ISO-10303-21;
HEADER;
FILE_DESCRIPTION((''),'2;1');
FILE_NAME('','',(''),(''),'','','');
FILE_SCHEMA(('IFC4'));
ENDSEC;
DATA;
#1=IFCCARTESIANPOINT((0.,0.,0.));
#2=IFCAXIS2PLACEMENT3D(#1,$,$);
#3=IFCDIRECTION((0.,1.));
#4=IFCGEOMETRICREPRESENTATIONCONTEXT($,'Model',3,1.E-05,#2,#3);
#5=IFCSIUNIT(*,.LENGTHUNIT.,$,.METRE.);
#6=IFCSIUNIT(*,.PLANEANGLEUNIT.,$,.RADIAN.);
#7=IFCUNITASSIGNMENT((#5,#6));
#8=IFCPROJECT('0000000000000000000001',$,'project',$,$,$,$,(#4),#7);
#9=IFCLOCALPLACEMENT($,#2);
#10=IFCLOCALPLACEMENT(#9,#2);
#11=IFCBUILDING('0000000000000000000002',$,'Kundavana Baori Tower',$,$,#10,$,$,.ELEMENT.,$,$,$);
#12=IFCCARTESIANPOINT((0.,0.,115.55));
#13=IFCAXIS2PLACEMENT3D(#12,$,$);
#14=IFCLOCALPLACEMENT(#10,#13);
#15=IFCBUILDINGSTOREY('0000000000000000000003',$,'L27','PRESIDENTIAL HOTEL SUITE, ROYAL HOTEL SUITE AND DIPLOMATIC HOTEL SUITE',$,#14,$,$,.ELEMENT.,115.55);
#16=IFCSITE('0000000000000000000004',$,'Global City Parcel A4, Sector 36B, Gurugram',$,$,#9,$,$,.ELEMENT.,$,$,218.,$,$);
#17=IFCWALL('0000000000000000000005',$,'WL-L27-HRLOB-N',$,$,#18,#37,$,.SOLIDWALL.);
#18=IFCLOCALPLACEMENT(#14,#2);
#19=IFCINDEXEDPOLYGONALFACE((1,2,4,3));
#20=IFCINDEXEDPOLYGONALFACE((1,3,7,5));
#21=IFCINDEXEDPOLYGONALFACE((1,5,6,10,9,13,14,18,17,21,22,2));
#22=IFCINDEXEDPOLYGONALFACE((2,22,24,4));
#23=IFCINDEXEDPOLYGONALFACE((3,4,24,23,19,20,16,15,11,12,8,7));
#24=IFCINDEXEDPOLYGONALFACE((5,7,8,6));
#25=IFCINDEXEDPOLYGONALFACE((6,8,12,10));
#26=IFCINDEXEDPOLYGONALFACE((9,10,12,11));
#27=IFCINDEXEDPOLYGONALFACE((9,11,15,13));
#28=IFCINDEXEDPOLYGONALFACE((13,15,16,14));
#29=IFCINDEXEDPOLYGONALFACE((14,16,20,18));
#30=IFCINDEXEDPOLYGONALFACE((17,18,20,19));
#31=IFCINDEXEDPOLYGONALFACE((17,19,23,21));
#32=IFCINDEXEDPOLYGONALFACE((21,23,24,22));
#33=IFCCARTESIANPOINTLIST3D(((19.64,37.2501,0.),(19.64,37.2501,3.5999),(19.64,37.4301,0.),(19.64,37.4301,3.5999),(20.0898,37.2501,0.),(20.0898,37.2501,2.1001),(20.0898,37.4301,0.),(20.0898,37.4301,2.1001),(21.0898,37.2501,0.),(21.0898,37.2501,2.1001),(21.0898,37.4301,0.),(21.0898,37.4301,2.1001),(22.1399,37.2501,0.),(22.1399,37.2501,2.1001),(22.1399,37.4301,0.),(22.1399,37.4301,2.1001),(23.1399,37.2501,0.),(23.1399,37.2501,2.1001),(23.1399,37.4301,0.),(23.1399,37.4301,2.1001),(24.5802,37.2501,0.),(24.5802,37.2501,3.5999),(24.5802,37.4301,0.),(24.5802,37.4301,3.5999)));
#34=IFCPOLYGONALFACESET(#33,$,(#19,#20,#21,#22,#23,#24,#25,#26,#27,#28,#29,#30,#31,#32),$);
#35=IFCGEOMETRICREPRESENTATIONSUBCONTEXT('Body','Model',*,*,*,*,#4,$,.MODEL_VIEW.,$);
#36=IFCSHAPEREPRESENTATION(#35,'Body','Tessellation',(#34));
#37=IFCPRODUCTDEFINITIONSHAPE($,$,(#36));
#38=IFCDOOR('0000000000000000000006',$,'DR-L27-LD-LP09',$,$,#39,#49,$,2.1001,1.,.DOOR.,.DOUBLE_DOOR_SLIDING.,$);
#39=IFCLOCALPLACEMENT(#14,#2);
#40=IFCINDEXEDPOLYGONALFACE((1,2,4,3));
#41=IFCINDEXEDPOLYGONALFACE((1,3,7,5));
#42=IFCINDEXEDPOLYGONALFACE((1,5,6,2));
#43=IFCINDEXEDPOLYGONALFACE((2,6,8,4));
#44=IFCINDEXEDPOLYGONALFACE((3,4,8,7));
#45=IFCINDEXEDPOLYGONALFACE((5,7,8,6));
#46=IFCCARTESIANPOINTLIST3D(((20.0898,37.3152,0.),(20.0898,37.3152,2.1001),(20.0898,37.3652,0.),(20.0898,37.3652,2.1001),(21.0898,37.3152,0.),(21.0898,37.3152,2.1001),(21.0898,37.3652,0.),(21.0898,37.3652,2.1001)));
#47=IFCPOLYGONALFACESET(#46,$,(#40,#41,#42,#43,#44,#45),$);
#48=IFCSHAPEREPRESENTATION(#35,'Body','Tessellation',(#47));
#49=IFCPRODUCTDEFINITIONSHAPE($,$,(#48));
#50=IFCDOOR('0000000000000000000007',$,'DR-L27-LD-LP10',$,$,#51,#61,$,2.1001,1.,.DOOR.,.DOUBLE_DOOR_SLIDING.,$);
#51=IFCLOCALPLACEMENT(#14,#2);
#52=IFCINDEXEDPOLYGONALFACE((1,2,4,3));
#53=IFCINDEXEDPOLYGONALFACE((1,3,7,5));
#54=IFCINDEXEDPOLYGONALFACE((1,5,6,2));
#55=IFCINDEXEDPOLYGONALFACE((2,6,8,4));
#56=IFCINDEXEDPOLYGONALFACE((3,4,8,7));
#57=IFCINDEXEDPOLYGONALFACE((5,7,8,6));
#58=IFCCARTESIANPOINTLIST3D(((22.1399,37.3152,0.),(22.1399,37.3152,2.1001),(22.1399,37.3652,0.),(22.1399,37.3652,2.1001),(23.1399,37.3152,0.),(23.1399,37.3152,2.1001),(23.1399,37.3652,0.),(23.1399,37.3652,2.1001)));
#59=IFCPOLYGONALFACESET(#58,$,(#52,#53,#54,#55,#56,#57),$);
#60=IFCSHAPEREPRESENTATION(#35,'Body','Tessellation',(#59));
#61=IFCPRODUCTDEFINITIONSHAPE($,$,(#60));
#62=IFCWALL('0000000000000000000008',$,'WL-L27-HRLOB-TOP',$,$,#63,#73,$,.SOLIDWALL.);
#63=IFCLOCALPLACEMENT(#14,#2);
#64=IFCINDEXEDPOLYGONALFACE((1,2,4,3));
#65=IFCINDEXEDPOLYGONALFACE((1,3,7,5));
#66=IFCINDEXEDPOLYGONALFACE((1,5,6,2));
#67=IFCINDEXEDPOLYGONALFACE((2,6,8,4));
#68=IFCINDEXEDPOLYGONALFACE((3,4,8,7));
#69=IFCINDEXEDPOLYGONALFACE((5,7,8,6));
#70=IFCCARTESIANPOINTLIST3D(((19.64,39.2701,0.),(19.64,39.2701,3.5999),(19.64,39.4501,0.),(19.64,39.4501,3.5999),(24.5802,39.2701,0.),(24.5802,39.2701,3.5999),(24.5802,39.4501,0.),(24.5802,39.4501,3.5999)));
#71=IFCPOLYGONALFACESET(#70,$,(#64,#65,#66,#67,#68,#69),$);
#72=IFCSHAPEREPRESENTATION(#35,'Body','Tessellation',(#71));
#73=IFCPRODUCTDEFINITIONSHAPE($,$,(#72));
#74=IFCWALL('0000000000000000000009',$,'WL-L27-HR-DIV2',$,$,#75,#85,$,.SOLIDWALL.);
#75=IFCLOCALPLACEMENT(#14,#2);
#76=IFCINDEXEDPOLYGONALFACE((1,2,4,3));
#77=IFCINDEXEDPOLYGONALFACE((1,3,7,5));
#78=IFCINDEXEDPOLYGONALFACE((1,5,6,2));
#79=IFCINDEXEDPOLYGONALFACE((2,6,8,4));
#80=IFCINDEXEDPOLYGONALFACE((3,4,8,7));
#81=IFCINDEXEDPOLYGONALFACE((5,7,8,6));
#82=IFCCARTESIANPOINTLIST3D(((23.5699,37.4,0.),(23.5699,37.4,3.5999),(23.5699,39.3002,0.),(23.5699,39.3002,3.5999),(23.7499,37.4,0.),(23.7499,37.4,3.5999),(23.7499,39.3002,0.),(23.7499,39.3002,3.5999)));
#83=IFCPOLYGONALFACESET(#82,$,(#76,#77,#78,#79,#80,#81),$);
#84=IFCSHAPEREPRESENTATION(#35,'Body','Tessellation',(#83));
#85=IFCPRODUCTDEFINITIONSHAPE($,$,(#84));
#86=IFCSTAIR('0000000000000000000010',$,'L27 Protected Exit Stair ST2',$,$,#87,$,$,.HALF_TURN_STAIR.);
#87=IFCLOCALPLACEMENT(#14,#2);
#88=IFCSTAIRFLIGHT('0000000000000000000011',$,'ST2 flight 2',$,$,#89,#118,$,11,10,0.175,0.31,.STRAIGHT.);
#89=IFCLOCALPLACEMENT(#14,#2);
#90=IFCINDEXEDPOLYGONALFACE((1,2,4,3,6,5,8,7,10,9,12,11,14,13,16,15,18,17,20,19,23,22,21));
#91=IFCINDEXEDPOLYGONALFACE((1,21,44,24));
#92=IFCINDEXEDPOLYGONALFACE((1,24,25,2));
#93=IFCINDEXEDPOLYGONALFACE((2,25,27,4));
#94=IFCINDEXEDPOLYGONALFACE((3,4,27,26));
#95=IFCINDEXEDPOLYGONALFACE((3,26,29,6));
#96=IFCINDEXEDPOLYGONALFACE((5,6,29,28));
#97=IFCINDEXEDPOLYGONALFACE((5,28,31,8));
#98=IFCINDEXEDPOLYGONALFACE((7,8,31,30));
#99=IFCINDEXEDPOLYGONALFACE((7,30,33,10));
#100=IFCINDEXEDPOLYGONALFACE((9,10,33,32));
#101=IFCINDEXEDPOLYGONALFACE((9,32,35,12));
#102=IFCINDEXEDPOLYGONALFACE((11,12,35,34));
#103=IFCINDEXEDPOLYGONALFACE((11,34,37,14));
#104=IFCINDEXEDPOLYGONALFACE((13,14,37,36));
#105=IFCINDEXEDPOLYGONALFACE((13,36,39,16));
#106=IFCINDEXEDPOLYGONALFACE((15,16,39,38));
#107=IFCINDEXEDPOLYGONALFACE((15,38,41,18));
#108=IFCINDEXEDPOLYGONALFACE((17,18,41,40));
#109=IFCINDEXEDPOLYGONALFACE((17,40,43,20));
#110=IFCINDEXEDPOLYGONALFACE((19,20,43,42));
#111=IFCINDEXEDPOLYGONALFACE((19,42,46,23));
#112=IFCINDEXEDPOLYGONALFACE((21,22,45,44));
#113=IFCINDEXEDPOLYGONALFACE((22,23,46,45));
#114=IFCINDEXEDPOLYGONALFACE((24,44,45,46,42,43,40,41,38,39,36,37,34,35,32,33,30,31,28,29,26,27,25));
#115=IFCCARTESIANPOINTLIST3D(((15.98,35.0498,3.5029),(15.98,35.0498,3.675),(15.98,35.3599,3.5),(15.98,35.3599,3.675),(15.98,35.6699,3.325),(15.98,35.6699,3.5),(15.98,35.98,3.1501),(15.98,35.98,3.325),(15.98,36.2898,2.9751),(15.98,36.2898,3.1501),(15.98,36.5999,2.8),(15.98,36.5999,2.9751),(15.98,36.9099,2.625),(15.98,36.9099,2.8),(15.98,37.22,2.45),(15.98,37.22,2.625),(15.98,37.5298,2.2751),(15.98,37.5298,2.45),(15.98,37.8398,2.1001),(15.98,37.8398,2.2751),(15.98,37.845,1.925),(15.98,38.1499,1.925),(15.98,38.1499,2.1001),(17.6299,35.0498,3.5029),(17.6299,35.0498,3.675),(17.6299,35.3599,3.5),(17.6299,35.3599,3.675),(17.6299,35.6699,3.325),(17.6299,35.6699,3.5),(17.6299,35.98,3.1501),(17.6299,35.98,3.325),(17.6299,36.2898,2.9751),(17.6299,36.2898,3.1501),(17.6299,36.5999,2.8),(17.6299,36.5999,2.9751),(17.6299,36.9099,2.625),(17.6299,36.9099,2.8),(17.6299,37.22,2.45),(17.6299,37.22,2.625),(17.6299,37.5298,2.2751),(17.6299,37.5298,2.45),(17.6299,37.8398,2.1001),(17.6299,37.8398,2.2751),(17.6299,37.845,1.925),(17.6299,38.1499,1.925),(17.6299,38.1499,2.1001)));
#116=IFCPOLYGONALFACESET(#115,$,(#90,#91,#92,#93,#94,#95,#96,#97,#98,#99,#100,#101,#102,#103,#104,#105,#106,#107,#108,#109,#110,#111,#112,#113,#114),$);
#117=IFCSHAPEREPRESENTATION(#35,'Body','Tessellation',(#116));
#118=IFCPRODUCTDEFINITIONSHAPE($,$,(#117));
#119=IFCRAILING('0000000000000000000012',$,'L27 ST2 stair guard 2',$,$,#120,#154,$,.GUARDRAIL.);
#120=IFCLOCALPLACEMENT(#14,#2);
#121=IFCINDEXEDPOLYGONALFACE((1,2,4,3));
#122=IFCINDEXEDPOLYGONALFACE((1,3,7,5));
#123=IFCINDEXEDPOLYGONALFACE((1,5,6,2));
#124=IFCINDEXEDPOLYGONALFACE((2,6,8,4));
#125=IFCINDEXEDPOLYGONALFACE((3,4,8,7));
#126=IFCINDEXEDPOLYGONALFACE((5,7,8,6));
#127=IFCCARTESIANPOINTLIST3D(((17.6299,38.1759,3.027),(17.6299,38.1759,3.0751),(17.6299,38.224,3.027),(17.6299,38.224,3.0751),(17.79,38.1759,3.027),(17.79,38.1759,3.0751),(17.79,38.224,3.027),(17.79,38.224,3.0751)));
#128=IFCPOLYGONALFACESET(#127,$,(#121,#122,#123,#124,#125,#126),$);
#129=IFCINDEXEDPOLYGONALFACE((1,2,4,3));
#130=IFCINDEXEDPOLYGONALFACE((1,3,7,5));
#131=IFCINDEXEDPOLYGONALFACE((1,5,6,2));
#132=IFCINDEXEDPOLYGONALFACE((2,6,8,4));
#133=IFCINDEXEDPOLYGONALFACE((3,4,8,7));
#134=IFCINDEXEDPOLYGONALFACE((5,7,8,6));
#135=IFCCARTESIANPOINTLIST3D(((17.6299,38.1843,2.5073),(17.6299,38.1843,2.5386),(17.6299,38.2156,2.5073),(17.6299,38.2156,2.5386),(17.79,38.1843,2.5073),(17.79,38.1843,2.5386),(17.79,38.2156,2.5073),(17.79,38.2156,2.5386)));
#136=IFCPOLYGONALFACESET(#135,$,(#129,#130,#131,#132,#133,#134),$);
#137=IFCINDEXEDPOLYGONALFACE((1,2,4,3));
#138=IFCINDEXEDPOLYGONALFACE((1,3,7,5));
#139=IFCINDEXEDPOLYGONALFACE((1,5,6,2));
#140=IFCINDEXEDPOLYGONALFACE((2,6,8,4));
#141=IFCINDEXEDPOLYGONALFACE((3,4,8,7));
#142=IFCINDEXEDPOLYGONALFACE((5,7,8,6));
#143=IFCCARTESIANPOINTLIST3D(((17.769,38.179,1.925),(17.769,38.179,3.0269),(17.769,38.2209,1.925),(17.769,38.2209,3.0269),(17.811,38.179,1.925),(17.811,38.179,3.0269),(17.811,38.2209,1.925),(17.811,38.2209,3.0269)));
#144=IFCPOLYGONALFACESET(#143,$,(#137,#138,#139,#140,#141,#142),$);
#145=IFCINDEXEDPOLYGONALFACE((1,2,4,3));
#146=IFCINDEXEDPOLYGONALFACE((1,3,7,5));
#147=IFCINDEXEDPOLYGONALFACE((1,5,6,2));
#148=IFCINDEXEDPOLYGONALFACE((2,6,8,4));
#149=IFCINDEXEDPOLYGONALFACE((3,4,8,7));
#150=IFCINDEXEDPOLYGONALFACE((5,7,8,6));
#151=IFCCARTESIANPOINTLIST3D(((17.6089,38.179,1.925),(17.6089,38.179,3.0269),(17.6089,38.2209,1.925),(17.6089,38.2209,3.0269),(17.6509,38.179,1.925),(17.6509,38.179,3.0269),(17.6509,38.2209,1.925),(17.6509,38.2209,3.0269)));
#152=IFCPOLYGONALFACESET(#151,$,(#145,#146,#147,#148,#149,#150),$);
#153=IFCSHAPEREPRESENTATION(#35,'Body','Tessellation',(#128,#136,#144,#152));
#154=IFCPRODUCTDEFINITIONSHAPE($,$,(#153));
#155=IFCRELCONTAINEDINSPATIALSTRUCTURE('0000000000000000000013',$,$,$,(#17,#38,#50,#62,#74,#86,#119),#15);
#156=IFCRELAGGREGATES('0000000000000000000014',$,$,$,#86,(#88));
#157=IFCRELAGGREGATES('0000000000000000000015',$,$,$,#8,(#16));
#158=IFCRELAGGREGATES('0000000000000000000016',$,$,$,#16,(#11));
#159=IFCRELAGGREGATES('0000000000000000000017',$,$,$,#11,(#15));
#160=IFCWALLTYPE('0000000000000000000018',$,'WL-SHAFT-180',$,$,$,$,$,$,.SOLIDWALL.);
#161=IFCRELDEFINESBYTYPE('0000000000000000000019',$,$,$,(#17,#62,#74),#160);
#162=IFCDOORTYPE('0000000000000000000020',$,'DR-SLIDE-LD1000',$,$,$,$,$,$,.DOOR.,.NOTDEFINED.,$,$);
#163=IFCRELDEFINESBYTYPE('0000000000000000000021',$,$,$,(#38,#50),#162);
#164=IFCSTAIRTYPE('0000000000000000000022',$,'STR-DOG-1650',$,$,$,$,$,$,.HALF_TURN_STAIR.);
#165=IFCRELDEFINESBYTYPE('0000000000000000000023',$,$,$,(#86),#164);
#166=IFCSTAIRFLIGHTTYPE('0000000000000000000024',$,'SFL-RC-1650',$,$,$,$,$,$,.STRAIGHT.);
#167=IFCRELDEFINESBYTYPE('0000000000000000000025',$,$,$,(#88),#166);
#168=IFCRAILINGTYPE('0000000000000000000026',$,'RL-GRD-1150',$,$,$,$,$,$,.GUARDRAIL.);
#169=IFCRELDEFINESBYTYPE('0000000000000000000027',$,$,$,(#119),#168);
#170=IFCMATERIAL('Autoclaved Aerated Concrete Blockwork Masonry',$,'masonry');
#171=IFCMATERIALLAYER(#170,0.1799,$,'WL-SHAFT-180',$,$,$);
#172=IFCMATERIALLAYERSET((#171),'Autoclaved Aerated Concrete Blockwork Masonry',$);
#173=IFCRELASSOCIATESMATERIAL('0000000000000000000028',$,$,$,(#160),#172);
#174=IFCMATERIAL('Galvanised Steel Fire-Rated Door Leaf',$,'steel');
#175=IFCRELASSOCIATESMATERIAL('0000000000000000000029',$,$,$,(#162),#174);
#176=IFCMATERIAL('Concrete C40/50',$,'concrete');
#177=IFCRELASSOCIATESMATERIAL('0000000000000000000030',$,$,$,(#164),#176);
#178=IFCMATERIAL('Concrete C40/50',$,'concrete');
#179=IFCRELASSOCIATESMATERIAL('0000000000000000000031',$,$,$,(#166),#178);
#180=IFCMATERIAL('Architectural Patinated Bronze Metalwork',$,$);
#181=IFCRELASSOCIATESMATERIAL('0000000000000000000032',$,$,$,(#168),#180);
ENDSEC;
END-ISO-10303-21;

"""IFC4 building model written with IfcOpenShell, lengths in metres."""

from ifc_helpers import new_model, si_unit, direction, frame, frame_2d, origin, origin_2d, place, context, subcontext, project, spatial, polyline, rectangle, outline, extrude, material, layer, layer_set, type_object, element, fill, aggregate, save


model = new_model("IFC4")

# Units and contexts
model_context = context("Model", 3, precision=1e-05, world=origin(), true_north=direction((0.0, 1.0)))
body_context = subcontext(model_context, "Body", "Model", "MODEL_VIEW")
ifc_project = project(units=[si_unit("LENGTHUNIT", "METRE"), si_unit("PLANEANGLEUNIT", "RADIAN")], contexts=[model_context])

# Site, building, storey
site_placement = place(None, origin())
site = spatial("IfcSite", under=ifc_project, at=site_placement, Name="Global City Parcel A4, Sector 36B, Gurugram", CompositionType="ELEMENT", RefElevation=218.0)
building_placement = place(site_placement, origin())
building = spatial("IfcBuilding", under=site, at=building_placement, Name="Kundavana Baori Tower", CompositionType="ELEMENT")
storey_placement = place(building_placement, frame((0.0, 0.0, 115.55)))
storey = spatial("IfcBuildingStorey", under=building, at=storey_placement, Name="L27", Description="PRESIDENTIAL HOTEL SUITE, ROYAL HOTEL SUITE AND DIPLOMATIC HOTEL SUITE", CompositionType="ELEMENT", Elevation=115.55)

# Shared definitions
ifc_material_1 = material(Name="Autoclaved Aerated Concrete Blockwork Masonry", Category="masonry")
ifc_layer_1 = layer(ifc_material_1, 0.1799, Name="WL-SHAFT-180")
ifc_layer_set_1 = layer_set([ifc_layer_1], Name="Autoclaved Aerated Concrete Blockwork Masonry")
wall_type_1 = type_object("IfcWallType", Name="WL-SHAFT-180", PredefinedType="SOLIDWALL", material=ifc_layer_set_1)
ifc_material_2 = material(Name="Galvanised Steel Fire-Rated Door Leaf", Category="steel")
door_type = type_object("IfcDoorType", Name="DR-SLIDE-LD1000", OperationType="NOTDEFINED", PredefinedType="DOOR", material=ifc_material_2)

# Wall, openings, doors
wall_1_placement = place(storey_placement, frame((19.6399, 37.3401, 0.0), z_axis=(0.0, 0.0, 1.0), x_axis=(1.0, 0.0, 0.0)))
wall_1 = element("IfcWall", 1, at=wall_1_placement, inside=storey, type_object=wall_type_1, Name="WL-L27-HRLOB-N", PredefinedType="SOLIDWALL", context=body_context, shape_type="SweptSolid", body=[
    extrude(rectangle(XDim=4.9402, YDim=0.1799, at=frame_2d((2.4702, 0.0))), origin(), (0.0, 0.0, 1.0), 3.5999),
])
opening_1_placement = place(wall_1_placement, frame((0.45, 0.0, 0.0)))
opening_1 = element("IfcOpeningElement", 2, at=opening_1_placement, cuts=wall_1, PredefinedType="OPENING", context=body_context, shape_type="SweptSolid", body=[
    extrude(rectangle(XDim=1.0, YDim=2.1001, at=frame_2d((0.5, 1.05))), frame((0.0, 0.1001, 0.0), z_axis=(0.0, -1.0, 0.0), x_axis=(1.0, 0.0, 0.0)), (0.0, 0.0, 1.0), 0.2),
])
opening_2_placement = place(wall_1_placement, frame((2.5, 0.0, 0.0)))
opening_2 = element("IfcOpeningElement", 3, at=opening_2_placement, cuts=wall_1, PredefinedType="OPENING", context=body_context, shape_type="SweptSolid", body=[
    extrude(rectangle(XDim=1.0, YDim=2.1001, at=frame_2d((0.5, 1.05))), frame((0.0, 0.1001, 0.0), z_axis=(0.0, -1.0, 0.0), x_axis=(1.0, 0.0, 0.0)), (0.0, 0.0, 1.0), 0.2),
])
door_1_placement = place(opening_1_placement, frame((1.0, 0.0, 0.0), z_axis=(0.0, 0.0, 1.0), x_axis=(-1.0, 0.0, 0.0)))
door_1 = element("IfcDoor", 4, at=door_1_placement, inside=storey, type_object=door_type, Name="DR-L27-LD-LP09", OperationType="DOUBLE_DOOR_SLIDING", OverallHeight=2.1001, OverallWidth=1.0, PredefinedType="DOOR", context=body_context, shape_type="SweptSolid", body=[
    extrude(rectangle(XDim=1.0, YDim=2.1001, at=frame_2d((0.5, 1.05))), frame((0.0, 0.0249, 0.0), z_axis=(0.0, -1.0, 0.0), x_axis=(1.0, 0.0, 0.0)), (0.0, 0.0, 1.0), 0.05),
])
fill(opening_1, door_1)
door_2_placement = place(opening_2_placement, frame((1.0, 0.0, 0.0), z_axis=(0.0, 0.0, 1.0), x_axis=(-1.0, 0.0, 0.0)))
door_2 = element("IfcDoor", 5, at=door_2_placement, inside=storey, type_object=door_type, Name="DR-L27-LD-LP10", OperationType="DOUBLE_DOOR_SLIDING", OverallHeight=2.1001, OverallWidth=1.0, PredefinedType="DOOR", context=body_context, shape_type="SweptSolid", body=[
    extrude(rectangle(XDim=1.0, YDim=2.1001, at=frame_2d((0.5, 1.05))), frame((0.0, 0.0249, 0.0), z_axis=(0.0, -1.0, 0.0), x_axis=(1.0, 0.0, 0.0)), (0.0, 0.0, 1.0), 0.05),
])
fill(opening_2, door_2)

# Walls
wall_2_placement = place(storey_placement, frame((19.6399, 39.3601, 0.0), z_axis=(0.0, 0.0, 1.0), x_axis=(1.0, 0.0, 0.0)))
element("IfcWall", 6, at=wall_2_placement, inside=storey, type_object=wall_type_1, Name="WL-L27-HRLOB-TOP", PredefinedType="SOLIDWALL", context=body_context, shape_type="SweptSolid", body=[
    extrude(rectangle(XDim=4.9402, YDim=0.1799, at=frame_2d((2.4702, 0.0))), origin(), (0.0, 0.0, 1.0), 3.5999),
])
wall_3_placement = place(storey_placement, frame((23.6599, 37.3999, 0.0), z_axis=(0.0, 0.0, 1.0), x_axis=(0.0, 1.0, 0.0)))
element("IfcWall", 7, at=wall_3_placement, inside=storey, type_object=wall_type_1, Name="WL-L27-HR-DIV2", PredefinedType="SOLIDWALL", context=body_context, shape_type="SweptSolid", body=[
    extrude(rectangle(XDim=1.9001, YDim=0.1799, at=frame_2d((0.9502, 0.0))), origin(), (0.0, 0.0, 1.0), 3.5999),
])

# Stair, stair flight
ifc_material_3 = material(Name="Concrete C40/50", Category="concrete")
stair_type = type_object("IfcStairType", Name="STR-DOG-1650", PredefinedType="HALF_TURN_STAIR", material=ifc_material_3)
stair_placement = place(storey_placement, origin())
stair = element("IfcStair", 8, at=stair_placement, inside=storey, type_object=stair_type, Name="L27 Protected Exit Stair ST2", PredefinedType="HALF_TURN_STAIR")
ifc_material_4 = material(Name="Concrete C40/50", Category="concrete")
stair_flight_type = type_object("IfcStairFlightType", Name="SFL-RC-1650", PredefinedType="STRAIGHT", material=ifc_material_4)
stair_flight_placement = place(storey_placement, frame((16.8049, 38.1499, 1.925), z_axis=(0.0, 0.0, 1.0), x_axis=(0.0, -1.0, 0.0)))
stair_flight = element("IfcStairFlight", 9, at=stair_flight_placement, type_object=stair_flight_type, Name="ST2 flight 2", NumberOfRisers=11, NumberOfTreads=10, PredefinedType="STRAIGHT", RiserHeight=0.175, TreadLength=0.31, context=body_context, shape_type="SweptSolid", body=[
    extrude(outline(polyline([(0.0, 0.0), (0.0, 0.175), (0.3101, 0.175), (0.3101, 0.3501), (0.6201, 0.3501), (0.6201, 0.5249), (0.9299, 0.5249), (0.9299, 0.7), (1.24, 0.7), (1.24, 0.875), (1.55, 0.875), (1.55, 1.05), (1.8601, 1.05), (1.8601, 1.2251), (2.1699, 1.2251), (2.1699, 1.3999), (2.48, 1.3999), (2.48, 1.575), (2.79, 1.575), (2.79, 1.75), (3.1001, 1.75), (3.1001, 1.925), (3.1001, 1.5779), (0.3049, 0.0), (0.0, 0.0)])), frame((0.0, 0.825, 0.0), z_axis=(0.0, -1.0, 0.0), x_axis=(1.0, 0.0, 0.0)), (0.0, 0.0, 1.0), 1.6499),
])
aggregate(stair, [stair_flight])

# Railing
ifc_material_5 = material(Name="Architectural Patinated Bronze Metalwork")
railing_type_1 = type_object("IfcRailingType", Name="RL-GRD-1150", PredefinedType="GUARDRAIL", material=ifc_material_5)
railing_1_placement = place(storey_placement, frame((17.79, 38.2, 1.925)))
element("IfcRailing", 10, at=railing_1_placement, inside=storey, type_object=railing_type_1, Name="L27 ST2 stair guard 2", PredefinedType="GUARDRAIL", context=body_context, shape_type="SweptSolid", body=[
    extrude(rectangle(XDim=0.0481, YDim=0.0481, at=origin_2d()), frame((0.0, 0.0, 1.126), z_axis=(-1.0, 0.0, 0.0), x_axis=(0.0, -1.0, 0.0)), (0.0, 0.0, 1.0), 0.1602),
    extrude(rectangle(XDim=0.0312, YDim=0.0312, at=origin_2d()), frame((0.0, 0.0, 0.5979), z_axis=(-1.0, 0.0, 0.0), x_axis=(0.0, -1.0, 0.0)), (0.0, 0.0, 1.0), 0.1602),
    extrude(rectangle(XDim=0.042, YDim=0.042, at=origin_2d()), origin(), (0.0, 0.0, 1.0), 1.1018),
    extrude(rectangle(XDim=0.042, YDim=0.042, at=origin_2d()), frame((-0.1602, 0.0, 0.0)), (0.0, 0.0, 1.0), 1.1018),
])

save(model, "model.ifc")
